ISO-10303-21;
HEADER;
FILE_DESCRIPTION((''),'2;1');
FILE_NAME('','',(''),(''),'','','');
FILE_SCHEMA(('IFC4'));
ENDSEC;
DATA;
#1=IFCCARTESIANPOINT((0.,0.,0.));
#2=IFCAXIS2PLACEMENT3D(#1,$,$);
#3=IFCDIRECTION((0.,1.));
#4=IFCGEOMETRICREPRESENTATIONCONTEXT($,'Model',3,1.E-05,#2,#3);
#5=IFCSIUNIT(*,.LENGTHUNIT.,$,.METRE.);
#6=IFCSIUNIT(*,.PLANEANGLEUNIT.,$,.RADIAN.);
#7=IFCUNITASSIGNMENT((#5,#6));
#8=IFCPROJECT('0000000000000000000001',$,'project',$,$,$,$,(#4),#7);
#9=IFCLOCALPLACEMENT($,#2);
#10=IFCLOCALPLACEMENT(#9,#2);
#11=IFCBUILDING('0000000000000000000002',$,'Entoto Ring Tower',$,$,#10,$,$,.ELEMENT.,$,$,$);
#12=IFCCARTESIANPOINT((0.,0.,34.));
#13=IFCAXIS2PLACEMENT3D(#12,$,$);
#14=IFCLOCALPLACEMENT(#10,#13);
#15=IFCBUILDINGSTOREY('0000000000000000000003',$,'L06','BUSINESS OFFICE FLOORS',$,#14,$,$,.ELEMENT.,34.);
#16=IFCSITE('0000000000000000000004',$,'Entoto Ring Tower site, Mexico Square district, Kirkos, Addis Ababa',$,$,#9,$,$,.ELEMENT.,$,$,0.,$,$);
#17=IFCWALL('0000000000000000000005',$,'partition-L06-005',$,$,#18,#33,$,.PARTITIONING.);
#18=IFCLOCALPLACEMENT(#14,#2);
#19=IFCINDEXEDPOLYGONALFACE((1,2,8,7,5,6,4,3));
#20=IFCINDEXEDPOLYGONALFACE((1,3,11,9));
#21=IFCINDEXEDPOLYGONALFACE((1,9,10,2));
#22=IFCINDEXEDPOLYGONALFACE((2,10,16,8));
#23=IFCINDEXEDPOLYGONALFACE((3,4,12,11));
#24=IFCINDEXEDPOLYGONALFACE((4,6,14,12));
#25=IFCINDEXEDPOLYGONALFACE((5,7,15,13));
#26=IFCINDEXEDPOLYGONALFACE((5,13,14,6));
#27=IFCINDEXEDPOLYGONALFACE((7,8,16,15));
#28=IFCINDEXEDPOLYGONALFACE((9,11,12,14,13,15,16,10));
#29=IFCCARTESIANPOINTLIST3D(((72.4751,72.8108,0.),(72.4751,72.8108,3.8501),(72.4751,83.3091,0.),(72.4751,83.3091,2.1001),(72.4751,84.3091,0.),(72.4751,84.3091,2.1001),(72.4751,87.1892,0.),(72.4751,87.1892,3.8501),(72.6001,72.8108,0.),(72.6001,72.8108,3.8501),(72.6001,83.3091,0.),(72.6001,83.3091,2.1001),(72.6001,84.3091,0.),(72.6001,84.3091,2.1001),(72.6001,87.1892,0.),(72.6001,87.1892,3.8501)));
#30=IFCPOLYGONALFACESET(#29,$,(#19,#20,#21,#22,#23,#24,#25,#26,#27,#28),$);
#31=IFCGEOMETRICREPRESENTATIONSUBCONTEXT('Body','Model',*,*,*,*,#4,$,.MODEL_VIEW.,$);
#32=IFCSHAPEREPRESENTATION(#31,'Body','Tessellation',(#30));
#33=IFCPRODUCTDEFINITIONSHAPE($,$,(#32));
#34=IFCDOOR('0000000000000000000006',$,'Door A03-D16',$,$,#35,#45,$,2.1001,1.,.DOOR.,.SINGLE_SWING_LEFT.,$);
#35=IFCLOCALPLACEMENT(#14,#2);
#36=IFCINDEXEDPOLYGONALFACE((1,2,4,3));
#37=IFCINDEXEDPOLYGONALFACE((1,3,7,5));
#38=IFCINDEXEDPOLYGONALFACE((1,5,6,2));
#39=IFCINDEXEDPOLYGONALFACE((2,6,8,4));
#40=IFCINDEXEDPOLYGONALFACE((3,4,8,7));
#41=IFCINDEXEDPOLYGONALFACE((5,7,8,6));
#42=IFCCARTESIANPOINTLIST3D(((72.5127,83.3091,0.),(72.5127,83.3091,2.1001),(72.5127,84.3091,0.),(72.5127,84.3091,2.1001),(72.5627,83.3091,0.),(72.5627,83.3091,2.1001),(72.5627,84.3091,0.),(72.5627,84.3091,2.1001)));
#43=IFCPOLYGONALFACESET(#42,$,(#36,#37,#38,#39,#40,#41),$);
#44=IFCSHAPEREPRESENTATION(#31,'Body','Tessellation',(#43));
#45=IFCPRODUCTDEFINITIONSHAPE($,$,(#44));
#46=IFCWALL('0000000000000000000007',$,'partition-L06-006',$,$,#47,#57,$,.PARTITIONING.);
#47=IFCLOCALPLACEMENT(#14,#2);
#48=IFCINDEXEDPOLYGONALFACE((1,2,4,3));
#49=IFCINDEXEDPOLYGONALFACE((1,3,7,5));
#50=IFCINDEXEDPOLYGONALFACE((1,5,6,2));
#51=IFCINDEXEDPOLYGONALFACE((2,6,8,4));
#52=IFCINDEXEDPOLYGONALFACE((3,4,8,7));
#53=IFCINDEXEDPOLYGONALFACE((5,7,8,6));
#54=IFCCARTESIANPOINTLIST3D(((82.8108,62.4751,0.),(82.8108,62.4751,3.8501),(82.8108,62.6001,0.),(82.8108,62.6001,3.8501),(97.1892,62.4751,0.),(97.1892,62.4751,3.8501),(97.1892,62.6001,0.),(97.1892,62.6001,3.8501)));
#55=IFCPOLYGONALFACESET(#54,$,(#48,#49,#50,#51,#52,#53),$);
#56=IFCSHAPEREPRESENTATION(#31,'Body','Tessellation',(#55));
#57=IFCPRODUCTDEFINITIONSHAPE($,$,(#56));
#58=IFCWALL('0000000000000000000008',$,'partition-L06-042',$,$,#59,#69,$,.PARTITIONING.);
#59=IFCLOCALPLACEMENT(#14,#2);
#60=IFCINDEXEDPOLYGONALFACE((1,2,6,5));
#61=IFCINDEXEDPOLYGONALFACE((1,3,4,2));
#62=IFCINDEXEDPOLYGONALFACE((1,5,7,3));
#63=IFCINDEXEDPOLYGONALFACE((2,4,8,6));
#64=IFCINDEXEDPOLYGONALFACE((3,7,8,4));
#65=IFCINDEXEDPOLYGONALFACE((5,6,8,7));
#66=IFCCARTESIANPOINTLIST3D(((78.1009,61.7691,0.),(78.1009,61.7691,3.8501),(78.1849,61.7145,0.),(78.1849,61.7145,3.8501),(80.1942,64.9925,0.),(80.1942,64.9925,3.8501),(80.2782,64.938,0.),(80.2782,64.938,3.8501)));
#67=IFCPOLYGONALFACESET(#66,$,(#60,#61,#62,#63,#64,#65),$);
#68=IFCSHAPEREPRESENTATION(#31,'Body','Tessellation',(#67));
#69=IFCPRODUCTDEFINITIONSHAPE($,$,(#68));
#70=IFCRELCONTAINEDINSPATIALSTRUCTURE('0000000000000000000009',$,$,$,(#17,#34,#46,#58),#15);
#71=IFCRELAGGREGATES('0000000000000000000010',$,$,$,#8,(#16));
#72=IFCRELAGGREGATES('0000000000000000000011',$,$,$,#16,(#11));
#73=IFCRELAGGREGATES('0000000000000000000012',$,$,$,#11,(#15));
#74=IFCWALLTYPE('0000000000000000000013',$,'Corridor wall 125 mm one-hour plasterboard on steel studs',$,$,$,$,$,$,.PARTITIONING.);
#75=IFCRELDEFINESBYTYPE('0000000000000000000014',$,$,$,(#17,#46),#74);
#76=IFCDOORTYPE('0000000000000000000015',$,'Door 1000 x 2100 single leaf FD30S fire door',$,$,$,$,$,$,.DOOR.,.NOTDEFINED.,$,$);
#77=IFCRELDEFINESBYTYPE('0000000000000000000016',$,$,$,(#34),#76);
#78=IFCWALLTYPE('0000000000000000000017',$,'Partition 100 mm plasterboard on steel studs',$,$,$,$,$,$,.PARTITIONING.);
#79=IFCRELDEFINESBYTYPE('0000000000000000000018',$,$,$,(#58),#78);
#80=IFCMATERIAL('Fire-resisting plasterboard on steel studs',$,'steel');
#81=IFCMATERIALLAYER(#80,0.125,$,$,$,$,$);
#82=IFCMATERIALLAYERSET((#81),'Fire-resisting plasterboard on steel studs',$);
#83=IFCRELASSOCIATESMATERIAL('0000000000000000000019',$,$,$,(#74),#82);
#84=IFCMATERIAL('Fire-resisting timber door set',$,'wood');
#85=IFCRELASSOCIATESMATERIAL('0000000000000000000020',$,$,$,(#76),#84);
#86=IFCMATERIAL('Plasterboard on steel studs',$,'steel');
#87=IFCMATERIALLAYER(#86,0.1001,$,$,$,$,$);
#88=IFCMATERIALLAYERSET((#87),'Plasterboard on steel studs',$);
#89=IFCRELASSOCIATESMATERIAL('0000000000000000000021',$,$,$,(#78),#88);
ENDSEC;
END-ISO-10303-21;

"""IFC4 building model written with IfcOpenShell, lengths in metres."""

from ifc_helpers import new_model, si_unit, direction, frame, frame_2d, origin, place, context, subcontext, project, spatial, rectangle, extrude, material, layer, layer_set, type_object, element, fill, save


model = new_model("IFC4")

# Units and contexts
model_context = context("Model", 3, precision=1e-05, world=origin(), true_north=direction((0.0, 1.0)))
body_context = subcontext(model_context, "Body", "Model", "MODEL_VIEW")
ifc_project = project(units=[si_unit("LENGTHUNIT", "METRE"), si_unit("PLANEANGLEUNIT", "RADIAN")], contexts=[model_context])

# Site, building, storey
site_placement = place(None, origin())
site = spatial("IfcSite", under=ifc_project, at=site_placement, Name="Entoto Ring Tower site, Mexico Square district, Kirkos, Addis Ababa", CompositionType="ELEMENT", RefElevation=0.0)
building_placement = place(site_placement, origin())
building = spatial("IfcBuilding", under=site, at=building_placement, Name="Entoto Ring Tower", CompositionType="ELEMENT")
storey_placement = place(building_placement, frame((0.0, 0.0, 34.0)))
storey = spatial("IfcBuildingStorey", under=building, at=storey_placement, Name="L06", Description="BUSINESS OFFICE FLOORS", CompositionType="ELEMENT", Elevation=34.0)

# Wall, opening, door
ifc_material_1 = material(Name="Fire-resisting plasterboard on steel studs", Category="steel")
ifc_layer_1 = layer(ifc_material_1, 0.125)
ifc_layer_set_1 = layer_set([ifc_layer_1], Name="Fire-resisting plasterboard on steel studs")
wall_type_1 = type_object("IfcWallType", Name="Corridor wall 125 mm one-hour plasterboard on steel studs", PredefinedType="PARTITIONING", material=ifc_layer_set_1)
ifc_material_2 = material(Name="Fire-resisting timber door set", Category="wood")
door_type_1 = type_object("IfcDoorType", Name="Door 1000 x 2100 single leaf FD30S fire door", OperationType="NOTDEFINED", PredefinedType="DOOR", material=ifc_material_2)
wall_1_placement = place(storey_placement, frame((72.5376, 72.8108, 0.0), z_axis=(0.0, 0.0, 1.0), x_axis=(0.0, 1.0, 0.0)))
wall_1 = element("IfcWall", 1, at=wall_1_placement, inside=storey, type_object=wall_type_1, Name="partition-L06-005", PredefinedType="PARTITIONING", context=body_context, shape_type="SweptSolid", body=[
    extrude(rectangle(XDim=14.3784, YDim=0.125, at=frame_2d((7.1892, 0.0))), origin(), (0.0, 0.0, 1.0), 3.8501),
])
opening_1_placement = place(wall_1_placement, frame((10.4983, 0.0, 0.0)))
opening_1 = element("IfcOpeningElement", 2, at=opening_1_placement, cuts=wall_1, PredefinedType="OPENING", context=body_context, shape_type="SweptSolid", body=[
    extrude(rectangle(XDim=1.0, YDim=2.1001, at=frame_2d((0.5, 1.05))), frame((0.0, 0.0725, 0.0), z_axis=(0.0, -1.0, 0.0), x_axis=(1.0, 0.0, 0.0)), (0.0, 0.0, 1.0), 0.145),
])
door_1_placement = place(opening_1_placement, origin())
door_1 = element("IfcDoor", 3, at=door_1_placement, inside=storey, type_object=door_type_1, Name="Door A03-D16", OperationType="SINGLE_SWING_LEFT", OverallHeight=2.1001, OverallWidth=1.0, PredefinedType="DOOR", context=body_context, shape_type="SweptSolid", body=[
    extrude(rectangle(XDim=1.0, YDim=2.1001, at=frame_2d((0.5, 1.05))), frame((0.0, 0.0249, 0.0), z_axis=(0.0, -1.0, 0.0), x_axis=(1.0, 0.0, 0.0)), (0.0, 0.0, 1.0), 0.05),
])
fill(opening_1, door_1)

# Walls
wall_2_placement = place(storey_placement, frame((82.8108, 62.5376, 0.0), z_axis=(0.0, 0.0, 1.0), x_axis=(1.0, 0.0, 0.0)))
element("IfcWall", 4, at=wall_2_placement, inside=storey, type_object=wall_type_1, Name="partition-L06-006", PredefinedType="PARTITIONING", context=body_context, shape_type="SweptSolid", body=[
    extrude(rectangle(XDim=14.3784, YDim=0.125, at=frame_2d((7.1892, 0.0))), origin(), (0.0, 0.0, 1.0), 3.8501),
])
ifc_material_3 = material(Name="Plasterboard on steel studs", Category="steel")
ifc_layer_2 = layer(ifc_material_3, 0.1001)
ifc_layer_set_2 = layer_set([ifc_layer_2], Name="Plasterboard on steel studs")
wall_type_2 = type_object("IfcWallType", Name="Partition 100 mm plasterboard on steel studs", PredefinedType="PARTITIONING", material=ifc_layer_set_2)
wall_3_placement = place(storey_placement, frame((78.1428, 61.7417, 0.0), z_axis=(0.0, 0.0, 1.0), x_axis=(0.544633, 0.838674, 0.0)))
element("IfcWall", 5, at=wall_3_placement, inside=storey, type_object=wall_type_2, Name="partition-L06-042", PredefinedType="PARTITIONING", context=body_context, shape_type="SweptSolid", body=[
    extrude(rectangle(XDim=3.8435, YDim=0.1001, at=frame_2d((1.9219, 0.0))), origin(), (0.0, 0.0, 1.0), 3.8501),
])

save(model, "model.ifc")
